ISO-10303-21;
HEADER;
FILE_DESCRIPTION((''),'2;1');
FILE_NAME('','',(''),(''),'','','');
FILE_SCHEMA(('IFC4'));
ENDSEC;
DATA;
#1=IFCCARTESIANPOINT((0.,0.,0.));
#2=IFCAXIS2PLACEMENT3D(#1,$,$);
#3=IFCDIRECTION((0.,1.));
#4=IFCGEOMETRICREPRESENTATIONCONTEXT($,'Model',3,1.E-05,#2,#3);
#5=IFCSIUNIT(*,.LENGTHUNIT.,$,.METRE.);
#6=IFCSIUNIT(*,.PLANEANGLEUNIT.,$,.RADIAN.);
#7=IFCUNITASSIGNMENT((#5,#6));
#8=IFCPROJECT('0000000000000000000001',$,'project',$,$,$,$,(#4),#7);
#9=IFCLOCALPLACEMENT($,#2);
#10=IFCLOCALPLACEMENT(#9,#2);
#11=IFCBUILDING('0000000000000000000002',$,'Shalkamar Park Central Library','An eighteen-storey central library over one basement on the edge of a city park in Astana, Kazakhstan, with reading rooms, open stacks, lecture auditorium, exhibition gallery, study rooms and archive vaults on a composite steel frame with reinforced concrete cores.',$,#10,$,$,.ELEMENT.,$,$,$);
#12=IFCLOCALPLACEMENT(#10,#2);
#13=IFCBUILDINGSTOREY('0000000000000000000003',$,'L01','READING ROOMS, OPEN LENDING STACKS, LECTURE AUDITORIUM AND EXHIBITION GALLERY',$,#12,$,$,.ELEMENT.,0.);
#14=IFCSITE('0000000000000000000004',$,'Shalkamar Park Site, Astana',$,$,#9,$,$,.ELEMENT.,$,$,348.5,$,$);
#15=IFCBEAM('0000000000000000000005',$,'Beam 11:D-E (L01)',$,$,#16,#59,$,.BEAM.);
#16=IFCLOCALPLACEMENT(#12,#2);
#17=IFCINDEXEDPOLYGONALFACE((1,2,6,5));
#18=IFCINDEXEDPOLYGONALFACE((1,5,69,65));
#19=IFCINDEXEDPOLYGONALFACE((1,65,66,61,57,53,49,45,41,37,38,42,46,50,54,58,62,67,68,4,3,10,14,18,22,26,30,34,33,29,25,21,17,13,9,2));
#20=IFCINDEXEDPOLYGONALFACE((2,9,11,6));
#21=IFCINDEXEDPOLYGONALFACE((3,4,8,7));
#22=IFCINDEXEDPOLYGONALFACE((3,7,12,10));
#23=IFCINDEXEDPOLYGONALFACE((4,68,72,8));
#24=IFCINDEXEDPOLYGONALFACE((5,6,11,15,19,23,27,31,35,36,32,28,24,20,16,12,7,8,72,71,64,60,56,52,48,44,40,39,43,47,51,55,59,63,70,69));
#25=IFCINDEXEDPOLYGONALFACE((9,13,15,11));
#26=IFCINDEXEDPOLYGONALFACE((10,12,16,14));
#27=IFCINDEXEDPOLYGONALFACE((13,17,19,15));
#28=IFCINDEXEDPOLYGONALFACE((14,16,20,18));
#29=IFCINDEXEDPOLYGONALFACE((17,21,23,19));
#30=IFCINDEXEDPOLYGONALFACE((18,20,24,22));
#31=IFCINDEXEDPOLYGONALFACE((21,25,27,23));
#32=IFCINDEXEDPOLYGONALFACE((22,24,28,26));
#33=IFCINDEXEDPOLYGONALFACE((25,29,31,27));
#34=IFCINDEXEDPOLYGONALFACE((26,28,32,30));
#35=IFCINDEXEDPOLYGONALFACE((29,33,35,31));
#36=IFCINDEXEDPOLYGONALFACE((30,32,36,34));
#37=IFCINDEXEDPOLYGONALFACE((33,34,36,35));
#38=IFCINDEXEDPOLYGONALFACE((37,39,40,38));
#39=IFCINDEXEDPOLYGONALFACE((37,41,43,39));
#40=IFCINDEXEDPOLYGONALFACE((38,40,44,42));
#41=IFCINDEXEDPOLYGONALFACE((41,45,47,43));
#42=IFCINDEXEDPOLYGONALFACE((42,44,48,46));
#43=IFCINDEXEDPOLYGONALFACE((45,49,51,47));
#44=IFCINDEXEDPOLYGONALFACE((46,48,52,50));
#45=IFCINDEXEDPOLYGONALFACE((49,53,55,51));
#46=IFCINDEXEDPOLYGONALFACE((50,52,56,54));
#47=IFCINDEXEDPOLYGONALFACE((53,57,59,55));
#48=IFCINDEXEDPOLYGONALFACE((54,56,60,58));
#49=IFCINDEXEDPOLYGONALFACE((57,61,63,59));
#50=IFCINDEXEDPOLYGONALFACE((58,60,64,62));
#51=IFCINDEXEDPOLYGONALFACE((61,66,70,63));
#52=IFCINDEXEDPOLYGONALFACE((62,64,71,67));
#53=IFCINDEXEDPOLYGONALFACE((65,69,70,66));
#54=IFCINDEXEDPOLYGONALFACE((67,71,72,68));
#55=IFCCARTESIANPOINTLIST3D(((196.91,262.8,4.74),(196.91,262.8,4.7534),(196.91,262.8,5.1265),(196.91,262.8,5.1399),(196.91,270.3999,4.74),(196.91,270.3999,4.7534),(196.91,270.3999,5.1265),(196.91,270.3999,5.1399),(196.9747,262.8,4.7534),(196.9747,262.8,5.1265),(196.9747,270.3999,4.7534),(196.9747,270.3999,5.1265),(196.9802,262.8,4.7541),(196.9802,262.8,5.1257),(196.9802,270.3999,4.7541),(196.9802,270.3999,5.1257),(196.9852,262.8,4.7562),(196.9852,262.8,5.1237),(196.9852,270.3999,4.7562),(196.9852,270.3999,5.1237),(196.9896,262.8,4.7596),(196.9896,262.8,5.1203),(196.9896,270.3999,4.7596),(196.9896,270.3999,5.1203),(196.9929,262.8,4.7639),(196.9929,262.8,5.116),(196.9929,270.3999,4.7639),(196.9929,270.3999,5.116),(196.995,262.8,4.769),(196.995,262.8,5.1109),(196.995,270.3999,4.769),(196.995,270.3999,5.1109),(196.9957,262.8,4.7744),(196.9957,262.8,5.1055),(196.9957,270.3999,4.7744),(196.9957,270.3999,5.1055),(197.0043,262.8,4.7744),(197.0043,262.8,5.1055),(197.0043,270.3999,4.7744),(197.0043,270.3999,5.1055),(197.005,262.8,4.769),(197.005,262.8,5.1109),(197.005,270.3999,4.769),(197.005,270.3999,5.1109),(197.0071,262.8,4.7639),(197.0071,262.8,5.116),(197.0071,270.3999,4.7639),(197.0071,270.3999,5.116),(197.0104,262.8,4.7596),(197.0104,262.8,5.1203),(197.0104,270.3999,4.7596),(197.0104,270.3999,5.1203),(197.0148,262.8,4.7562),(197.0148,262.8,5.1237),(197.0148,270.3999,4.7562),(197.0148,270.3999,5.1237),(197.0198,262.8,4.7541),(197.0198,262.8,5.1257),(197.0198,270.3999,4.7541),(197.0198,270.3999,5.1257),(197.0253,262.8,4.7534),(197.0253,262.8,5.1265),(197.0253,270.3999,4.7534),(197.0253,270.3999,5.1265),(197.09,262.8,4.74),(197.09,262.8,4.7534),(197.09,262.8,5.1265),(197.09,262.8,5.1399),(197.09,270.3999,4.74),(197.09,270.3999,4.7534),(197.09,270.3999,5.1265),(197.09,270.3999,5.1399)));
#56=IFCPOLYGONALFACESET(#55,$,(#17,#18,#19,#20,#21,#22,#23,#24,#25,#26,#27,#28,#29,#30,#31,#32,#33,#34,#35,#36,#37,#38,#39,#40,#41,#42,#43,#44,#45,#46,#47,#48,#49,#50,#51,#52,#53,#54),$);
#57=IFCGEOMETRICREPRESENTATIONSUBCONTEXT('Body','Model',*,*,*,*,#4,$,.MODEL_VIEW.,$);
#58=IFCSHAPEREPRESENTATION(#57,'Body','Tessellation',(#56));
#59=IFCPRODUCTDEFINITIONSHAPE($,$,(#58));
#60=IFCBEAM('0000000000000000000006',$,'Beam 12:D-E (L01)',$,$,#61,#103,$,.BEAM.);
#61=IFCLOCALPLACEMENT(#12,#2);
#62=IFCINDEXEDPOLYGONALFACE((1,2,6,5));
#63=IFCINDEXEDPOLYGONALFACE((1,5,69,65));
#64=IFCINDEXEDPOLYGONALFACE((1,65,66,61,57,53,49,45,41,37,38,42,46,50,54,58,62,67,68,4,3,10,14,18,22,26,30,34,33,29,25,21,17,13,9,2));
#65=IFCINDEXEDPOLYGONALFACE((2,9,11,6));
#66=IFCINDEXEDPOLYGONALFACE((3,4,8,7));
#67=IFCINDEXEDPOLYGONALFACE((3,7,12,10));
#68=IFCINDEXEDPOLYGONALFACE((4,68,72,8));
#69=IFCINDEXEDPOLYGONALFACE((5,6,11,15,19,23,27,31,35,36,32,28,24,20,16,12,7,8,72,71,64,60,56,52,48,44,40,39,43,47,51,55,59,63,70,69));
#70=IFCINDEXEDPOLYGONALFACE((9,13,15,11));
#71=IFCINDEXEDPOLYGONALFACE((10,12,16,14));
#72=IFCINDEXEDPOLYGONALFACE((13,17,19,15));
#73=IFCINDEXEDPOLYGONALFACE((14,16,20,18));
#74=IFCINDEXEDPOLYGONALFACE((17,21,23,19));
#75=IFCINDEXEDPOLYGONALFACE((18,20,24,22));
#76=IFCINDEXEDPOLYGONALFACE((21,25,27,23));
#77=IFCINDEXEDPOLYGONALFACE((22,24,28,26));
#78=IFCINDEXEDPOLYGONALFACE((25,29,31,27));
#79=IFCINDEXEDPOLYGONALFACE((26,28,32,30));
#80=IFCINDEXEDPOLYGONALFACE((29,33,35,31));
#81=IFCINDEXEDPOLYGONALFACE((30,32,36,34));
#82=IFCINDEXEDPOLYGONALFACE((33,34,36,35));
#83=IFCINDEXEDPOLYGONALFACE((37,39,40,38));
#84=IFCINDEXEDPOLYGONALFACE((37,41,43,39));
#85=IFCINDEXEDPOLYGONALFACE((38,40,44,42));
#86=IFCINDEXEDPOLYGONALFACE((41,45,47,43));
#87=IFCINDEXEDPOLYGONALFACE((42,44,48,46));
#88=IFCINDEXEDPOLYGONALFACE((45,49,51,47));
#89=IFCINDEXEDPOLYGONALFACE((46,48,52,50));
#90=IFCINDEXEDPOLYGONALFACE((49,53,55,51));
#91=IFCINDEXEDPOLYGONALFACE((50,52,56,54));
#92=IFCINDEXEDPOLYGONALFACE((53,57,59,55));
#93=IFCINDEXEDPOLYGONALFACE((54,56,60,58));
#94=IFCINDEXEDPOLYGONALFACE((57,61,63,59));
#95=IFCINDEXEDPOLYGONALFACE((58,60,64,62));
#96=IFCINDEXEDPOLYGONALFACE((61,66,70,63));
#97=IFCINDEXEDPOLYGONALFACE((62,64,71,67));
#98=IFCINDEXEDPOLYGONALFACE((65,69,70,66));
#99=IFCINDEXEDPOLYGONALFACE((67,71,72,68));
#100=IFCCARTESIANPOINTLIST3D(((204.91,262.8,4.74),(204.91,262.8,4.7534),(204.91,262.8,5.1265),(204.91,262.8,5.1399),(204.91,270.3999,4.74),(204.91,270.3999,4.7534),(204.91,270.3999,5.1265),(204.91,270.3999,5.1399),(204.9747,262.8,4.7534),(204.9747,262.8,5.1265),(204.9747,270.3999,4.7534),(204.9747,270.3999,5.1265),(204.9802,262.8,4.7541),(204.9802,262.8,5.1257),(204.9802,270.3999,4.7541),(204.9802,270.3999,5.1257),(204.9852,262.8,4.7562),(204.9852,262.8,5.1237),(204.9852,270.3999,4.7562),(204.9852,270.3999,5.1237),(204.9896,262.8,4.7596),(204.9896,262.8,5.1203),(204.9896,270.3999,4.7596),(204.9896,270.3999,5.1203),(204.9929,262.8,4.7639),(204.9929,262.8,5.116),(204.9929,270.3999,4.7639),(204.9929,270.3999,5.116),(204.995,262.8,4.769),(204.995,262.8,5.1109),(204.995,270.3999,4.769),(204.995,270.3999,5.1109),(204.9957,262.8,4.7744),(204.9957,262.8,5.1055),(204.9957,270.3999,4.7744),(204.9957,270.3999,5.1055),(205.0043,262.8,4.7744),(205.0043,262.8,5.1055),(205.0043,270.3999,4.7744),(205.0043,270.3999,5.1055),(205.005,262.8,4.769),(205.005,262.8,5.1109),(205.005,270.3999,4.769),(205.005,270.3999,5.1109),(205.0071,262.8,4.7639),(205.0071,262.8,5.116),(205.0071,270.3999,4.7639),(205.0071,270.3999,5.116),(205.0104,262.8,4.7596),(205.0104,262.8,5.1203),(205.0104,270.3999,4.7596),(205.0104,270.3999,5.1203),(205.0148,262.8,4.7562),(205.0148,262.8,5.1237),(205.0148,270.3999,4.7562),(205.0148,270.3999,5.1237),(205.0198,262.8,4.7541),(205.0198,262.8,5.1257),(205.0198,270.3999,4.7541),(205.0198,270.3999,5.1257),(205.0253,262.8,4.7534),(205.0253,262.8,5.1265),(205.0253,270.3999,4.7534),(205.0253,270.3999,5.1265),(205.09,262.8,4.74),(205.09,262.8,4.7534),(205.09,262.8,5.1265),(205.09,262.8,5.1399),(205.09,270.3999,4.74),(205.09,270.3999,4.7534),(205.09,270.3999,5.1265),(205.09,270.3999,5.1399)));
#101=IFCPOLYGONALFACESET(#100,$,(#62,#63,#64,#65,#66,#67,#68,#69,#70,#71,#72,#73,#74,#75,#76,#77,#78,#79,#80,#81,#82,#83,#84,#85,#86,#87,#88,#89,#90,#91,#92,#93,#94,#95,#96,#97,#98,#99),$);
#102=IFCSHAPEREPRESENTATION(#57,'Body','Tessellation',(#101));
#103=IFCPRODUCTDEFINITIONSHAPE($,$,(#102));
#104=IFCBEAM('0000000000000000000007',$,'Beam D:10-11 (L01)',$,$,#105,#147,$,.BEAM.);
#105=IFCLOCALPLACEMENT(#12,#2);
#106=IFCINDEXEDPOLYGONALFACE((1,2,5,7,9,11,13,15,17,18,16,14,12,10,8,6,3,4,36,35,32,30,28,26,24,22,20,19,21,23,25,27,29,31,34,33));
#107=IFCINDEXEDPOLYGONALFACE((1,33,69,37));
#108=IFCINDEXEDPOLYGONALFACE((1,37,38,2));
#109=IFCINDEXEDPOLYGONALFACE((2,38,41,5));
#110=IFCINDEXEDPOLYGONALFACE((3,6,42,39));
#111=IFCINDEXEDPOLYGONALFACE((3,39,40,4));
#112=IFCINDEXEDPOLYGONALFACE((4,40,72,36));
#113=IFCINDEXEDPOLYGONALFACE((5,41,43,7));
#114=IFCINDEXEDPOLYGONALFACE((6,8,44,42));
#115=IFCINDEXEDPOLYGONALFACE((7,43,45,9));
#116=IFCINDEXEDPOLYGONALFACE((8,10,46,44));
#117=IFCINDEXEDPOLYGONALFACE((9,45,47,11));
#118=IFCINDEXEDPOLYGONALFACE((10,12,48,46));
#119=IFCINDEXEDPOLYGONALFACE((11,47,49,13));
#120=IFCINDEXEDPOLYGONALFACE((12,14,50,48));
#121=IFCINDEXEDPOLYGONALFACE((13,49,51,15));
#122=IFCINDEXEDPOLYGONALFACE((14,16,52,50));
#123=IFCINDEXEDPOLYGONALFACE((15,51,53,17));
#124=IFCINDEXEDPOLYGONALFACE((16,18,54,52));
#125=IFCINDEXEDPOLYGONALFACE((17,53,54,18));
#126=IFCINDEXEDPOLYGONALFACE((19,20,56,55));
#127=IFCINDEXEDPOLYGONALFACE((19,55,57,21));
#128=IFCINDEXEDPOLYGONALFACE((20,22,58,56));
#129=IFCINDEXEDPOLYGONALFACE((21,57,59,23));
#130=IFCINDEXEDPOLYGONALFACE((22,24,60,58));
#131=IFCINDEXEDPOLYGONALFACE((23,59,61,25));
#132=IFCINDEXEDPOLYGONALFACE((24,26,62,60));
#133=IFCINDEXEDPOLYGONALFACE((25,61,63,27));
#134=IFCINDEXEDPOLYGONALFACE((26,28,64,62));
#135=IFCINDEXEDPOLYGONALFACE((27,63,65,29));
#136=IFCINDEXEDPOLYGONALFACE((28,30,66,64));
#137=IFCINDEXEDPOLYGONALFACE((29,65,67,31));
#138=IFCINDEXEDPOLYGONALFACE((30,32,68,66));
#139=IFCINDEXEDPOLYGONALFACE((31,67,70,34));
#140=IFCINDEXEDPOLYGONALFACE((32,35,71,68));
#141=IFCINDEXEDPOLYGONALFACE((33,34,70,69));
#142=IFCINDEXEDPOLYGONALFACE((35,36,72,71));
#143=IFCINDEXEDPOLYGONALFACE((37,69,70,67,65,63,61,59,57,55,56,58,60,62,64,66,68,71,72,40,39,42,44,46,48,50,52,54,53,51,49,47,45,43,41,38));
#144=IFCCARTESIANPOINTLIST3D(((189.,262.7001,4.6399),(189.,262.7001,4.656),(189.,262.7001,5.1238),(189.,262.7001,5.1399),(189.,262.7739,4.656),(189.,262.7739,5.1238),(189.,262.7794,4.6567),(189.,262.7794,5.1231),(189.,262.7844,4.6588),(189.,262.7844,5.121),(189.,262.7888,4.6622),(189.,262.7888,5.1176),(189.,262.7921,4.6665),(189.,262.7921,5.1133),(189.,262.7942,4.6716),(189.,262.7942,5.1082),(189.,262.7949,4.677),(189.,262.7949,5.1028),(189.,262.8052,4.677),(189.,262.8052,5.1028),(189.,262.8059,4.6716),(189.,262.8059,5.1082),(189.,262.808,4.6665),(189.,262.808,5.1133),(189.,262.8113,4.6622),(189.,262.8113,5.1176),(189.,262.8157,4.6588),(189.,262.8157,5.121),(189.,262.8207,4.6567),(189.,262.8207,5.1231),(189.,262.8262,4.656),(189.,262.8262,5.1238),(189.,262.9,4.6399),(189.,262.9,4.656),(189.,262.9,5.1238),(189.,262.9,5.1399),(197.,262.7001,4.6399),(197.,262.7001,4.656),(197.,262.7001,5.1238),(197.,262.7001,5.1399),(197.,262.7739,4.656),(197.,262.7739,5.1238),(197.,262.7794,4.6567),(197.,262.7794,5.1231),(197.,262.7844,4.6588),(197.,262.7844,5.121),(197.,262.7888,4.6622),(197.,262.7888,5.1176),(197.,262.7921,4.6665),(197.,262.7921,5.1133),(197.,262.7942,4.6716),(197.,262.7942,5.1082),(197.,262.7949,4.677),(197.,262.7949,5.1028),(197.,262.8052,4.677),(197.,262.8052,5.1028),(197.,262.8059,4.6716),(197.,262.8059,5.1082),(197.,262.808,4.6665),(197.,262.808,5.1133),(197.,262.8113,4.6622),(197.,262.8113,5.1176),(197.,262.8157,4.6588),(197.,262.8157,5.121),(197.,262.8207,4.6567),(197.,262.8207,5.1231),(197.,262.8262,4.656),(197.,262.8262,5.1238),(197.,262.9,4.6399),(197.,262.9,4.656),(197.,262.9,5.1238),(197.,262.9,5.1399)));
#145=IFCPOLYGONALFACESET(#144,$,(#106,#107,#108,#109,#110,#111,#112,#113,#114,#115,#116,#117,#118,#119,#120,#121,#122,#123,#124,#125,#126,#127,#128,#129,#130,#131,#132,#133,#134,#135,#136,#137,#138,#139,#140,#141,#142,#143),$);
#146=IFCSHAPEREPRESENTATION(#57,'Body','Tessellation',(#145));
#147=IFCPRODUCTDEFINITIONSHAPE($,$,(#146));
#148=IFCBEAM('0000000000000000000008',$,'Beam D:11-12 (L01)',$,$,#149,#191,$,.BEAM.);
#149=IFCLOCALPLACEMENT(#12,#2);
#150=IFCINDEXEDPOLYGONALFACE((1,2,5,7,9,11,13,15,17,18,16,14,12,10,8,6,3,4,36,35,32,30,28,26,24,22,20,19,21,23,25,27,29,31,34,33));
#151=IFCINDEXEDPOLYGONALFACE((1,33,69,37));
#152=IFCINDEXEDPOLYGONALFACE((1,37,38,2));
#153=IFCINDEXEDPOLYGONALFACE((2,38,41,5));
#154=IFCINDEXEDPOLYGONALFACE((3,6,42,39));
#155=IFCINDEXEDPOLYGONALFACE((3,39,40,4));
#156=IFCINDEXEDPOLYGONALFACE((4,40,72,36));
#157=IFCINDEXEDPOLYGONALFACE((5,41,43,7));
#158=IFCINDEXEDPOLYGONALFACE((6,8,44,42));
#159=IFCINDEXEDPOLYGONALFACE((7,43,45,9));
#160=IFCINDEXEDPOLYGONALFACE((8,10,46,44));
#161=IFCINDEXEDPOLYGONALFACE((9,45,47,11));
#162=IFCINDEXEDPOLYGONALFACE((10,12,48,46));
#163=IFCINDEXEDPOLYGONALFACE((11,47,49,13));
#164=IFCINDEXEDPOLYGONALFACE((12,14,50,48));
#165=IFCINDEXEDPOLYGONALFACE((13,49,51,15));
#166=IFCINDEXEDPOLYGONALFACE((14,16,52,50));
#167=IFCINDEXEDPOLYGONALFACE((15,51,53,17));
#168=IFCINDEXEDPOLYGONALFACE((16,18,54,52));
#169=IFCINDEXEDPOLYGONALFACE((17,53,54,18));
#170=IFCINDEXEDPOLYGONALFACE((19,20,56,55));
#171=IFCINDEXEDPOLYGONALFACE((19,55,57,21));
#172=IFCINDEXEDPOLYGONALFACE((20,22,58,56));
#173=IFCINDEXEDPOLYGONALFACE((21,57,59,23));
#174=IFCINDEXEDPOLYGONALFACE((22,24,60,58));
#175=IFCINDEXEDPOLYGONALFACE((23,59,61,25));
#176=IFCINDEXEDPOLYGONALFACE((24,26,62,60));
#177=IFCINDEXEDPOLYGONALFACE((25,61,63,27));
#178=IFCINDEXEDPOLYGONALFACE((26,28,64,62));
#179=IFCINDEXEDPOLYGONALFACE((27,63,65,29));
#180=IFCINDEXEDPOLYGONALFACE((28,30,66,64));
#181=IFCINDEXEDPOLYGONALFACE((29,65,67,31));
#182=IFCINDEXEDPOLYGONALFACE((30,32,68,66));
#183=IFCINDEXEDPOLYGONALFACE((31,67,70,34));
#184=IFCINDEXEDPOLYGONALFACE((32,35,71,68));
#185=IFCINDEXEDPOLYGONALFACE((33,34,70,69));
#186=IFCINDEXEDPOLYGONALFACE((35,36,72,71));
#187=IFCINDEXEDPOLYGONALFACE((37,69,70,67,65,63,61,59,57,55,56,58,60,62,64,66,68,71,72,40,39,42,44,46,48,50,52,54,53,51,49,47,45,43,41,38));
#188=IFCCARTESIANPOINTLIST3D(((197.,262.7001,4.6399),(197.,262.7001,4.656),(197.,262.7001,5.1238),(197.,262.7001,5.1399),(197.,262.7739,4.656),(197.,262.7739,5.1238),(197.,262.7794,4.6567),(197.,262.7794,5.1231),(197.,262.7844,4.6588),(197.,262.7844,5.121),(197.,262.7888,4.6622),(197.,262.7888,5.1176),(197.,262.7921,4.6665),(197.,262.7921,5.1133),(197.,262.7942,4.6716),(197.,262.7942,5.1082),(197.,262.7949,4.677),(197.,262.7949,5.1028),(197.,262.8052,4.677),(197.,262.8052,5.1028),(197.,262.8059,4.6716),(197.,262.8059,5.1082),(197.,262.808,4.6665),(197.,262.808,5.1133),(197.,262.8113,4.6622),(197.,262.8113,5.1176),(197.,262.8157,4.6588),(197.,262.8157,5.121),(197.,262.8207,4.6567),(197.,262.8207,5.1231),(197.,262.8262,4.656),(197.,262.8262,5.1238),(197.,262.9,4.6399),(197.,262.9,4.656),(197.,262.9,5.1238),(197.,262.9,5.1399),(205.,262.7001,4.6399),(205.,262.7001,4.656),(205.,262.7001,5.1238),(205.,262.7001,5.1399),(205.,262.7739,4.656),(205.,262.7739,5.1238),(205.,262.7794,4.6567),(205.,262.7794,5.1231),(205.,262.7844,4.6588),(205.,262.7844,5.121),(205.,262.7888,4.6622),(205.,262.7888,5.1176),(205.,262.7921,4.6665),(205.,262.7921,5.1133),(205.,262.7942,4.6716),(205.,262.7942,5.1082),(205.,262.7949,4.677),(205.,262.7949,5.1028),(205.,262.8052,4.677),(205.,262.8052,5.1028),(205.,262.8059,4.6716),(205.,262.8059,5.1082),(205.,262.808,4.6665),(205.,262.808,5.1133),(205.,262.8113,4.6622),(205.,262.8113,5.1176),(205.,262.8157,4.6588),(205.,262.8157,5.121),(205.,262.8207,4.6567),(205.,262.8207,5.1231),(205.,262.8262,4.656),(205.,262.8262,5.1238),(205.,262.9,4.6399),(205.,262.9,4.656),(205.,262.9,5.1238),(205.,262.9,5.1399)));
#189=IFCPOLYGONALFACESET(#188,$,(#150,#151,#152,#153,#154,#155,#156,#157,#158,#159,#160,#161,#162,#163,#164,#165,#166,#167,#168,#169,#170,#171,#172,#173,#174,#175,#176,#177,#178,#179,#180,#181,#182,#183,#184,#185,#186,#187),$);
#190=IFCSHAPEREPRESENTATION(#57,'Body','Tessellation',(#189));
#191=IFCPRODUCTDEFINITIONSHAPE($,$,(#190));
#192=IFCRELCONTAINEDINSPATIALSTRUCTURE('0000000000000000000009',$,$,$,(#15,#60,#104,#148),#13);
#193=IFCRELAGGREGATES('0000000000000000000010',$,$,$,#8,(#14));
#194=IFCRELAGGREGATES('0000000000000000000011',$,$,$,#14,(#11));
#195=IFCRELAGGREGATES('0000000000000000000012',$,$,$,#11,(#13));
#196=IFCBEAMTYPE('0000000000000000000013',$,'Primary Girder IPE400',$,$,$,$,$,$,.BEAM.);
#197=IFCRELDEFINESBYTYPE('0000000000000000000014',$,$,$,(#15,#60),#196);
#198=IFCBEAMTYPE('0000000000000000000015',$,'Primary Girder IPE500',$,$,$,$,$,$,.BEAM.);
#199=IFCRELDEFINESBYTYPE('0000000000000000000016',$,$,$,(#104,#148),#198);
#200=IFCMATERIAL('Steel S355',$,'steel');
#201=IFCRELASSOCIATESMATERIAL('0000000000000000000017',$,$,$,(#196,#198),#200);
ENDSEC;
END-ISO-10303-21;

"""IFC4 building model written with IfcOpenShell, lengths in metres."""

from ifc_helpers import new_model, si_unit, direction, frame, origin, origin_2d, place, context, subcontext, project, spatial, i_section, extrude, material, material_profile, profile_set, type_object, element, save


model = new_model("IFC4")

# Units and contexts
model_context = context("Model", 3, precision=1e-05, world=origin(), true_north=direction((0.0, 1.0)))
body_context = subcontext(model_context, "Body", "Model", "MODEL_VIEW")
ifc_project = project(units=[si_unit("LENGTHUNIT", "METRE"), si_unit("PLANEANGLEUNIT", "RADIAN")], contexts=[model_context])

# Site, building, storey
site_placement = place(None, origin())
site = spatial("IfcSite", under=ifc_project, at=site_placement, Name="Shalkamar Park Site, Astana", CompositionType="ELEMENT", RefElevation=348.5)
building_placement = place(site_placement, origin())
building = spatial("IfcBuilding", under=site, at=building_placement, Name="Shalkamar Park Central Library", Description="An eighteen-storey central library over one basement on the edge of a city park in Astana, Kazakhstan, with reading rooms, open stacks, lecture auditorium, exhibition gallery, study rooms and archive vaults on a composite steel frame with reinforced concrete cores.", CompositionType="ELEMENT")
storey_placement = place(building_placement, origin())
storey = spatial("IfcBuildingStorey", under=building, at=storey_placement, Name="L01", Description="READING ROOMS, OPEN LENDING STACKS, LECTURE AUDITORIUM AND EXHIBITION GALLERY", CompositionType="ELEMENT", Elevation=0.0)

# Shared definitions
ifc_material_1 = material(Name="Steel S355", Category="steel")

# Beams
ifc_material_profile_1 = material_profile(ifc_material_1, i_section(OverallWidth=0.1799, OverallDepth=0.3999, WebThickness=0.0085, FlangeThickness=0.0134, FilletRadius=0.021, at=origin_2d()), Name="IPE 400")
ifc_profile_set_1 = profile_set([ifc_material_profile_1], Name="Steel S355")
beam_type_1 = type_object("IfcBeamType", Name="Primary Girder IPE400", PredefinedType="BEAM", material=ifc_profile_set_1)
for number, where, z_axis, x_axis, name in (
    (1, (197.0, 262.8, 4.9399), (0.0, 1.0, 0.0), (-1.0, 0.0, 0.0), "Beam 11:D-E (L01)"),
    (2, (205.0, 262.8, 4.9399), (0.0, 1.0, 0.0), (-1.0, 0.0, 0.0), "Beam 12:D-E (L01)"),
):
    element("IfcBeam", number, at=place(storey_placement, frame(where, z_axis=z_axis, x_axis=x_axis)), inside=storey, type_object=beam_type_1, Name=name, PredefinedType="BEAM", context=body_context, shape_type="SweptSolid", body=[
        extrude(i_section(OverallWidth=0.1799, OverallDepth=0.3999, WebThickness=0.0085, FlangeThickness=0.0134, FilletRadius=0.021, at=origin_2d()), origin(), (0.0, 0.0, 1.0), 7.5999),
    ])
ifc_material_profile_2 = material_profile(ifc_material_1, i_section(OverallWidth=0.2, OverallDepth=0.5, WebThickness=0.0103, FlangeThickness=0.0161, FilletRadius=0.021, at=origin_2d()), Name="IPE 500")
ifc_profile_set_2 = profile_set([ifc_material_profile_2], Name="Steel S355")
beam_type_2 = type_object("IfcBeamType", Name="Primary Girder IPE500", PredefinedType="BEAM", material=ifc_profile_set_2)
for number, where, z_axis, x_axis, name in (
    (3, (189.0, 262.8, 4.8899), (1.0, 0.0, 0.0), (0.0, 1.0, 0.0), "Beam D:10-11 (L01)"),
    (4, (197.0, 262.8, 4.8899), (1.0, 0.0, 0.0), (0.0, 1.0, 0.0), "Beam D:11-12 (L01)"),
):
    element("IfcBeam", number, at=place(storey_placement, frame(where, z_axis=z_axis, x_axis=x_axis)), inside=storey, type_object=beam_type_2, Name=name, PredefinedType="BEAM", context=body_context, shape_type="SweptSolid", body=[
        extrude(i_section(OverallWidth=0.2, OverallDepth=0.5, WebThickness=0.0103, FlangeThickness=0.0161, FilletRadius=0.021, at=origin_2d()), origin(), (0.0, 0.0, 1.0), 8.0),
    ])

save(model, "model.ifc")
